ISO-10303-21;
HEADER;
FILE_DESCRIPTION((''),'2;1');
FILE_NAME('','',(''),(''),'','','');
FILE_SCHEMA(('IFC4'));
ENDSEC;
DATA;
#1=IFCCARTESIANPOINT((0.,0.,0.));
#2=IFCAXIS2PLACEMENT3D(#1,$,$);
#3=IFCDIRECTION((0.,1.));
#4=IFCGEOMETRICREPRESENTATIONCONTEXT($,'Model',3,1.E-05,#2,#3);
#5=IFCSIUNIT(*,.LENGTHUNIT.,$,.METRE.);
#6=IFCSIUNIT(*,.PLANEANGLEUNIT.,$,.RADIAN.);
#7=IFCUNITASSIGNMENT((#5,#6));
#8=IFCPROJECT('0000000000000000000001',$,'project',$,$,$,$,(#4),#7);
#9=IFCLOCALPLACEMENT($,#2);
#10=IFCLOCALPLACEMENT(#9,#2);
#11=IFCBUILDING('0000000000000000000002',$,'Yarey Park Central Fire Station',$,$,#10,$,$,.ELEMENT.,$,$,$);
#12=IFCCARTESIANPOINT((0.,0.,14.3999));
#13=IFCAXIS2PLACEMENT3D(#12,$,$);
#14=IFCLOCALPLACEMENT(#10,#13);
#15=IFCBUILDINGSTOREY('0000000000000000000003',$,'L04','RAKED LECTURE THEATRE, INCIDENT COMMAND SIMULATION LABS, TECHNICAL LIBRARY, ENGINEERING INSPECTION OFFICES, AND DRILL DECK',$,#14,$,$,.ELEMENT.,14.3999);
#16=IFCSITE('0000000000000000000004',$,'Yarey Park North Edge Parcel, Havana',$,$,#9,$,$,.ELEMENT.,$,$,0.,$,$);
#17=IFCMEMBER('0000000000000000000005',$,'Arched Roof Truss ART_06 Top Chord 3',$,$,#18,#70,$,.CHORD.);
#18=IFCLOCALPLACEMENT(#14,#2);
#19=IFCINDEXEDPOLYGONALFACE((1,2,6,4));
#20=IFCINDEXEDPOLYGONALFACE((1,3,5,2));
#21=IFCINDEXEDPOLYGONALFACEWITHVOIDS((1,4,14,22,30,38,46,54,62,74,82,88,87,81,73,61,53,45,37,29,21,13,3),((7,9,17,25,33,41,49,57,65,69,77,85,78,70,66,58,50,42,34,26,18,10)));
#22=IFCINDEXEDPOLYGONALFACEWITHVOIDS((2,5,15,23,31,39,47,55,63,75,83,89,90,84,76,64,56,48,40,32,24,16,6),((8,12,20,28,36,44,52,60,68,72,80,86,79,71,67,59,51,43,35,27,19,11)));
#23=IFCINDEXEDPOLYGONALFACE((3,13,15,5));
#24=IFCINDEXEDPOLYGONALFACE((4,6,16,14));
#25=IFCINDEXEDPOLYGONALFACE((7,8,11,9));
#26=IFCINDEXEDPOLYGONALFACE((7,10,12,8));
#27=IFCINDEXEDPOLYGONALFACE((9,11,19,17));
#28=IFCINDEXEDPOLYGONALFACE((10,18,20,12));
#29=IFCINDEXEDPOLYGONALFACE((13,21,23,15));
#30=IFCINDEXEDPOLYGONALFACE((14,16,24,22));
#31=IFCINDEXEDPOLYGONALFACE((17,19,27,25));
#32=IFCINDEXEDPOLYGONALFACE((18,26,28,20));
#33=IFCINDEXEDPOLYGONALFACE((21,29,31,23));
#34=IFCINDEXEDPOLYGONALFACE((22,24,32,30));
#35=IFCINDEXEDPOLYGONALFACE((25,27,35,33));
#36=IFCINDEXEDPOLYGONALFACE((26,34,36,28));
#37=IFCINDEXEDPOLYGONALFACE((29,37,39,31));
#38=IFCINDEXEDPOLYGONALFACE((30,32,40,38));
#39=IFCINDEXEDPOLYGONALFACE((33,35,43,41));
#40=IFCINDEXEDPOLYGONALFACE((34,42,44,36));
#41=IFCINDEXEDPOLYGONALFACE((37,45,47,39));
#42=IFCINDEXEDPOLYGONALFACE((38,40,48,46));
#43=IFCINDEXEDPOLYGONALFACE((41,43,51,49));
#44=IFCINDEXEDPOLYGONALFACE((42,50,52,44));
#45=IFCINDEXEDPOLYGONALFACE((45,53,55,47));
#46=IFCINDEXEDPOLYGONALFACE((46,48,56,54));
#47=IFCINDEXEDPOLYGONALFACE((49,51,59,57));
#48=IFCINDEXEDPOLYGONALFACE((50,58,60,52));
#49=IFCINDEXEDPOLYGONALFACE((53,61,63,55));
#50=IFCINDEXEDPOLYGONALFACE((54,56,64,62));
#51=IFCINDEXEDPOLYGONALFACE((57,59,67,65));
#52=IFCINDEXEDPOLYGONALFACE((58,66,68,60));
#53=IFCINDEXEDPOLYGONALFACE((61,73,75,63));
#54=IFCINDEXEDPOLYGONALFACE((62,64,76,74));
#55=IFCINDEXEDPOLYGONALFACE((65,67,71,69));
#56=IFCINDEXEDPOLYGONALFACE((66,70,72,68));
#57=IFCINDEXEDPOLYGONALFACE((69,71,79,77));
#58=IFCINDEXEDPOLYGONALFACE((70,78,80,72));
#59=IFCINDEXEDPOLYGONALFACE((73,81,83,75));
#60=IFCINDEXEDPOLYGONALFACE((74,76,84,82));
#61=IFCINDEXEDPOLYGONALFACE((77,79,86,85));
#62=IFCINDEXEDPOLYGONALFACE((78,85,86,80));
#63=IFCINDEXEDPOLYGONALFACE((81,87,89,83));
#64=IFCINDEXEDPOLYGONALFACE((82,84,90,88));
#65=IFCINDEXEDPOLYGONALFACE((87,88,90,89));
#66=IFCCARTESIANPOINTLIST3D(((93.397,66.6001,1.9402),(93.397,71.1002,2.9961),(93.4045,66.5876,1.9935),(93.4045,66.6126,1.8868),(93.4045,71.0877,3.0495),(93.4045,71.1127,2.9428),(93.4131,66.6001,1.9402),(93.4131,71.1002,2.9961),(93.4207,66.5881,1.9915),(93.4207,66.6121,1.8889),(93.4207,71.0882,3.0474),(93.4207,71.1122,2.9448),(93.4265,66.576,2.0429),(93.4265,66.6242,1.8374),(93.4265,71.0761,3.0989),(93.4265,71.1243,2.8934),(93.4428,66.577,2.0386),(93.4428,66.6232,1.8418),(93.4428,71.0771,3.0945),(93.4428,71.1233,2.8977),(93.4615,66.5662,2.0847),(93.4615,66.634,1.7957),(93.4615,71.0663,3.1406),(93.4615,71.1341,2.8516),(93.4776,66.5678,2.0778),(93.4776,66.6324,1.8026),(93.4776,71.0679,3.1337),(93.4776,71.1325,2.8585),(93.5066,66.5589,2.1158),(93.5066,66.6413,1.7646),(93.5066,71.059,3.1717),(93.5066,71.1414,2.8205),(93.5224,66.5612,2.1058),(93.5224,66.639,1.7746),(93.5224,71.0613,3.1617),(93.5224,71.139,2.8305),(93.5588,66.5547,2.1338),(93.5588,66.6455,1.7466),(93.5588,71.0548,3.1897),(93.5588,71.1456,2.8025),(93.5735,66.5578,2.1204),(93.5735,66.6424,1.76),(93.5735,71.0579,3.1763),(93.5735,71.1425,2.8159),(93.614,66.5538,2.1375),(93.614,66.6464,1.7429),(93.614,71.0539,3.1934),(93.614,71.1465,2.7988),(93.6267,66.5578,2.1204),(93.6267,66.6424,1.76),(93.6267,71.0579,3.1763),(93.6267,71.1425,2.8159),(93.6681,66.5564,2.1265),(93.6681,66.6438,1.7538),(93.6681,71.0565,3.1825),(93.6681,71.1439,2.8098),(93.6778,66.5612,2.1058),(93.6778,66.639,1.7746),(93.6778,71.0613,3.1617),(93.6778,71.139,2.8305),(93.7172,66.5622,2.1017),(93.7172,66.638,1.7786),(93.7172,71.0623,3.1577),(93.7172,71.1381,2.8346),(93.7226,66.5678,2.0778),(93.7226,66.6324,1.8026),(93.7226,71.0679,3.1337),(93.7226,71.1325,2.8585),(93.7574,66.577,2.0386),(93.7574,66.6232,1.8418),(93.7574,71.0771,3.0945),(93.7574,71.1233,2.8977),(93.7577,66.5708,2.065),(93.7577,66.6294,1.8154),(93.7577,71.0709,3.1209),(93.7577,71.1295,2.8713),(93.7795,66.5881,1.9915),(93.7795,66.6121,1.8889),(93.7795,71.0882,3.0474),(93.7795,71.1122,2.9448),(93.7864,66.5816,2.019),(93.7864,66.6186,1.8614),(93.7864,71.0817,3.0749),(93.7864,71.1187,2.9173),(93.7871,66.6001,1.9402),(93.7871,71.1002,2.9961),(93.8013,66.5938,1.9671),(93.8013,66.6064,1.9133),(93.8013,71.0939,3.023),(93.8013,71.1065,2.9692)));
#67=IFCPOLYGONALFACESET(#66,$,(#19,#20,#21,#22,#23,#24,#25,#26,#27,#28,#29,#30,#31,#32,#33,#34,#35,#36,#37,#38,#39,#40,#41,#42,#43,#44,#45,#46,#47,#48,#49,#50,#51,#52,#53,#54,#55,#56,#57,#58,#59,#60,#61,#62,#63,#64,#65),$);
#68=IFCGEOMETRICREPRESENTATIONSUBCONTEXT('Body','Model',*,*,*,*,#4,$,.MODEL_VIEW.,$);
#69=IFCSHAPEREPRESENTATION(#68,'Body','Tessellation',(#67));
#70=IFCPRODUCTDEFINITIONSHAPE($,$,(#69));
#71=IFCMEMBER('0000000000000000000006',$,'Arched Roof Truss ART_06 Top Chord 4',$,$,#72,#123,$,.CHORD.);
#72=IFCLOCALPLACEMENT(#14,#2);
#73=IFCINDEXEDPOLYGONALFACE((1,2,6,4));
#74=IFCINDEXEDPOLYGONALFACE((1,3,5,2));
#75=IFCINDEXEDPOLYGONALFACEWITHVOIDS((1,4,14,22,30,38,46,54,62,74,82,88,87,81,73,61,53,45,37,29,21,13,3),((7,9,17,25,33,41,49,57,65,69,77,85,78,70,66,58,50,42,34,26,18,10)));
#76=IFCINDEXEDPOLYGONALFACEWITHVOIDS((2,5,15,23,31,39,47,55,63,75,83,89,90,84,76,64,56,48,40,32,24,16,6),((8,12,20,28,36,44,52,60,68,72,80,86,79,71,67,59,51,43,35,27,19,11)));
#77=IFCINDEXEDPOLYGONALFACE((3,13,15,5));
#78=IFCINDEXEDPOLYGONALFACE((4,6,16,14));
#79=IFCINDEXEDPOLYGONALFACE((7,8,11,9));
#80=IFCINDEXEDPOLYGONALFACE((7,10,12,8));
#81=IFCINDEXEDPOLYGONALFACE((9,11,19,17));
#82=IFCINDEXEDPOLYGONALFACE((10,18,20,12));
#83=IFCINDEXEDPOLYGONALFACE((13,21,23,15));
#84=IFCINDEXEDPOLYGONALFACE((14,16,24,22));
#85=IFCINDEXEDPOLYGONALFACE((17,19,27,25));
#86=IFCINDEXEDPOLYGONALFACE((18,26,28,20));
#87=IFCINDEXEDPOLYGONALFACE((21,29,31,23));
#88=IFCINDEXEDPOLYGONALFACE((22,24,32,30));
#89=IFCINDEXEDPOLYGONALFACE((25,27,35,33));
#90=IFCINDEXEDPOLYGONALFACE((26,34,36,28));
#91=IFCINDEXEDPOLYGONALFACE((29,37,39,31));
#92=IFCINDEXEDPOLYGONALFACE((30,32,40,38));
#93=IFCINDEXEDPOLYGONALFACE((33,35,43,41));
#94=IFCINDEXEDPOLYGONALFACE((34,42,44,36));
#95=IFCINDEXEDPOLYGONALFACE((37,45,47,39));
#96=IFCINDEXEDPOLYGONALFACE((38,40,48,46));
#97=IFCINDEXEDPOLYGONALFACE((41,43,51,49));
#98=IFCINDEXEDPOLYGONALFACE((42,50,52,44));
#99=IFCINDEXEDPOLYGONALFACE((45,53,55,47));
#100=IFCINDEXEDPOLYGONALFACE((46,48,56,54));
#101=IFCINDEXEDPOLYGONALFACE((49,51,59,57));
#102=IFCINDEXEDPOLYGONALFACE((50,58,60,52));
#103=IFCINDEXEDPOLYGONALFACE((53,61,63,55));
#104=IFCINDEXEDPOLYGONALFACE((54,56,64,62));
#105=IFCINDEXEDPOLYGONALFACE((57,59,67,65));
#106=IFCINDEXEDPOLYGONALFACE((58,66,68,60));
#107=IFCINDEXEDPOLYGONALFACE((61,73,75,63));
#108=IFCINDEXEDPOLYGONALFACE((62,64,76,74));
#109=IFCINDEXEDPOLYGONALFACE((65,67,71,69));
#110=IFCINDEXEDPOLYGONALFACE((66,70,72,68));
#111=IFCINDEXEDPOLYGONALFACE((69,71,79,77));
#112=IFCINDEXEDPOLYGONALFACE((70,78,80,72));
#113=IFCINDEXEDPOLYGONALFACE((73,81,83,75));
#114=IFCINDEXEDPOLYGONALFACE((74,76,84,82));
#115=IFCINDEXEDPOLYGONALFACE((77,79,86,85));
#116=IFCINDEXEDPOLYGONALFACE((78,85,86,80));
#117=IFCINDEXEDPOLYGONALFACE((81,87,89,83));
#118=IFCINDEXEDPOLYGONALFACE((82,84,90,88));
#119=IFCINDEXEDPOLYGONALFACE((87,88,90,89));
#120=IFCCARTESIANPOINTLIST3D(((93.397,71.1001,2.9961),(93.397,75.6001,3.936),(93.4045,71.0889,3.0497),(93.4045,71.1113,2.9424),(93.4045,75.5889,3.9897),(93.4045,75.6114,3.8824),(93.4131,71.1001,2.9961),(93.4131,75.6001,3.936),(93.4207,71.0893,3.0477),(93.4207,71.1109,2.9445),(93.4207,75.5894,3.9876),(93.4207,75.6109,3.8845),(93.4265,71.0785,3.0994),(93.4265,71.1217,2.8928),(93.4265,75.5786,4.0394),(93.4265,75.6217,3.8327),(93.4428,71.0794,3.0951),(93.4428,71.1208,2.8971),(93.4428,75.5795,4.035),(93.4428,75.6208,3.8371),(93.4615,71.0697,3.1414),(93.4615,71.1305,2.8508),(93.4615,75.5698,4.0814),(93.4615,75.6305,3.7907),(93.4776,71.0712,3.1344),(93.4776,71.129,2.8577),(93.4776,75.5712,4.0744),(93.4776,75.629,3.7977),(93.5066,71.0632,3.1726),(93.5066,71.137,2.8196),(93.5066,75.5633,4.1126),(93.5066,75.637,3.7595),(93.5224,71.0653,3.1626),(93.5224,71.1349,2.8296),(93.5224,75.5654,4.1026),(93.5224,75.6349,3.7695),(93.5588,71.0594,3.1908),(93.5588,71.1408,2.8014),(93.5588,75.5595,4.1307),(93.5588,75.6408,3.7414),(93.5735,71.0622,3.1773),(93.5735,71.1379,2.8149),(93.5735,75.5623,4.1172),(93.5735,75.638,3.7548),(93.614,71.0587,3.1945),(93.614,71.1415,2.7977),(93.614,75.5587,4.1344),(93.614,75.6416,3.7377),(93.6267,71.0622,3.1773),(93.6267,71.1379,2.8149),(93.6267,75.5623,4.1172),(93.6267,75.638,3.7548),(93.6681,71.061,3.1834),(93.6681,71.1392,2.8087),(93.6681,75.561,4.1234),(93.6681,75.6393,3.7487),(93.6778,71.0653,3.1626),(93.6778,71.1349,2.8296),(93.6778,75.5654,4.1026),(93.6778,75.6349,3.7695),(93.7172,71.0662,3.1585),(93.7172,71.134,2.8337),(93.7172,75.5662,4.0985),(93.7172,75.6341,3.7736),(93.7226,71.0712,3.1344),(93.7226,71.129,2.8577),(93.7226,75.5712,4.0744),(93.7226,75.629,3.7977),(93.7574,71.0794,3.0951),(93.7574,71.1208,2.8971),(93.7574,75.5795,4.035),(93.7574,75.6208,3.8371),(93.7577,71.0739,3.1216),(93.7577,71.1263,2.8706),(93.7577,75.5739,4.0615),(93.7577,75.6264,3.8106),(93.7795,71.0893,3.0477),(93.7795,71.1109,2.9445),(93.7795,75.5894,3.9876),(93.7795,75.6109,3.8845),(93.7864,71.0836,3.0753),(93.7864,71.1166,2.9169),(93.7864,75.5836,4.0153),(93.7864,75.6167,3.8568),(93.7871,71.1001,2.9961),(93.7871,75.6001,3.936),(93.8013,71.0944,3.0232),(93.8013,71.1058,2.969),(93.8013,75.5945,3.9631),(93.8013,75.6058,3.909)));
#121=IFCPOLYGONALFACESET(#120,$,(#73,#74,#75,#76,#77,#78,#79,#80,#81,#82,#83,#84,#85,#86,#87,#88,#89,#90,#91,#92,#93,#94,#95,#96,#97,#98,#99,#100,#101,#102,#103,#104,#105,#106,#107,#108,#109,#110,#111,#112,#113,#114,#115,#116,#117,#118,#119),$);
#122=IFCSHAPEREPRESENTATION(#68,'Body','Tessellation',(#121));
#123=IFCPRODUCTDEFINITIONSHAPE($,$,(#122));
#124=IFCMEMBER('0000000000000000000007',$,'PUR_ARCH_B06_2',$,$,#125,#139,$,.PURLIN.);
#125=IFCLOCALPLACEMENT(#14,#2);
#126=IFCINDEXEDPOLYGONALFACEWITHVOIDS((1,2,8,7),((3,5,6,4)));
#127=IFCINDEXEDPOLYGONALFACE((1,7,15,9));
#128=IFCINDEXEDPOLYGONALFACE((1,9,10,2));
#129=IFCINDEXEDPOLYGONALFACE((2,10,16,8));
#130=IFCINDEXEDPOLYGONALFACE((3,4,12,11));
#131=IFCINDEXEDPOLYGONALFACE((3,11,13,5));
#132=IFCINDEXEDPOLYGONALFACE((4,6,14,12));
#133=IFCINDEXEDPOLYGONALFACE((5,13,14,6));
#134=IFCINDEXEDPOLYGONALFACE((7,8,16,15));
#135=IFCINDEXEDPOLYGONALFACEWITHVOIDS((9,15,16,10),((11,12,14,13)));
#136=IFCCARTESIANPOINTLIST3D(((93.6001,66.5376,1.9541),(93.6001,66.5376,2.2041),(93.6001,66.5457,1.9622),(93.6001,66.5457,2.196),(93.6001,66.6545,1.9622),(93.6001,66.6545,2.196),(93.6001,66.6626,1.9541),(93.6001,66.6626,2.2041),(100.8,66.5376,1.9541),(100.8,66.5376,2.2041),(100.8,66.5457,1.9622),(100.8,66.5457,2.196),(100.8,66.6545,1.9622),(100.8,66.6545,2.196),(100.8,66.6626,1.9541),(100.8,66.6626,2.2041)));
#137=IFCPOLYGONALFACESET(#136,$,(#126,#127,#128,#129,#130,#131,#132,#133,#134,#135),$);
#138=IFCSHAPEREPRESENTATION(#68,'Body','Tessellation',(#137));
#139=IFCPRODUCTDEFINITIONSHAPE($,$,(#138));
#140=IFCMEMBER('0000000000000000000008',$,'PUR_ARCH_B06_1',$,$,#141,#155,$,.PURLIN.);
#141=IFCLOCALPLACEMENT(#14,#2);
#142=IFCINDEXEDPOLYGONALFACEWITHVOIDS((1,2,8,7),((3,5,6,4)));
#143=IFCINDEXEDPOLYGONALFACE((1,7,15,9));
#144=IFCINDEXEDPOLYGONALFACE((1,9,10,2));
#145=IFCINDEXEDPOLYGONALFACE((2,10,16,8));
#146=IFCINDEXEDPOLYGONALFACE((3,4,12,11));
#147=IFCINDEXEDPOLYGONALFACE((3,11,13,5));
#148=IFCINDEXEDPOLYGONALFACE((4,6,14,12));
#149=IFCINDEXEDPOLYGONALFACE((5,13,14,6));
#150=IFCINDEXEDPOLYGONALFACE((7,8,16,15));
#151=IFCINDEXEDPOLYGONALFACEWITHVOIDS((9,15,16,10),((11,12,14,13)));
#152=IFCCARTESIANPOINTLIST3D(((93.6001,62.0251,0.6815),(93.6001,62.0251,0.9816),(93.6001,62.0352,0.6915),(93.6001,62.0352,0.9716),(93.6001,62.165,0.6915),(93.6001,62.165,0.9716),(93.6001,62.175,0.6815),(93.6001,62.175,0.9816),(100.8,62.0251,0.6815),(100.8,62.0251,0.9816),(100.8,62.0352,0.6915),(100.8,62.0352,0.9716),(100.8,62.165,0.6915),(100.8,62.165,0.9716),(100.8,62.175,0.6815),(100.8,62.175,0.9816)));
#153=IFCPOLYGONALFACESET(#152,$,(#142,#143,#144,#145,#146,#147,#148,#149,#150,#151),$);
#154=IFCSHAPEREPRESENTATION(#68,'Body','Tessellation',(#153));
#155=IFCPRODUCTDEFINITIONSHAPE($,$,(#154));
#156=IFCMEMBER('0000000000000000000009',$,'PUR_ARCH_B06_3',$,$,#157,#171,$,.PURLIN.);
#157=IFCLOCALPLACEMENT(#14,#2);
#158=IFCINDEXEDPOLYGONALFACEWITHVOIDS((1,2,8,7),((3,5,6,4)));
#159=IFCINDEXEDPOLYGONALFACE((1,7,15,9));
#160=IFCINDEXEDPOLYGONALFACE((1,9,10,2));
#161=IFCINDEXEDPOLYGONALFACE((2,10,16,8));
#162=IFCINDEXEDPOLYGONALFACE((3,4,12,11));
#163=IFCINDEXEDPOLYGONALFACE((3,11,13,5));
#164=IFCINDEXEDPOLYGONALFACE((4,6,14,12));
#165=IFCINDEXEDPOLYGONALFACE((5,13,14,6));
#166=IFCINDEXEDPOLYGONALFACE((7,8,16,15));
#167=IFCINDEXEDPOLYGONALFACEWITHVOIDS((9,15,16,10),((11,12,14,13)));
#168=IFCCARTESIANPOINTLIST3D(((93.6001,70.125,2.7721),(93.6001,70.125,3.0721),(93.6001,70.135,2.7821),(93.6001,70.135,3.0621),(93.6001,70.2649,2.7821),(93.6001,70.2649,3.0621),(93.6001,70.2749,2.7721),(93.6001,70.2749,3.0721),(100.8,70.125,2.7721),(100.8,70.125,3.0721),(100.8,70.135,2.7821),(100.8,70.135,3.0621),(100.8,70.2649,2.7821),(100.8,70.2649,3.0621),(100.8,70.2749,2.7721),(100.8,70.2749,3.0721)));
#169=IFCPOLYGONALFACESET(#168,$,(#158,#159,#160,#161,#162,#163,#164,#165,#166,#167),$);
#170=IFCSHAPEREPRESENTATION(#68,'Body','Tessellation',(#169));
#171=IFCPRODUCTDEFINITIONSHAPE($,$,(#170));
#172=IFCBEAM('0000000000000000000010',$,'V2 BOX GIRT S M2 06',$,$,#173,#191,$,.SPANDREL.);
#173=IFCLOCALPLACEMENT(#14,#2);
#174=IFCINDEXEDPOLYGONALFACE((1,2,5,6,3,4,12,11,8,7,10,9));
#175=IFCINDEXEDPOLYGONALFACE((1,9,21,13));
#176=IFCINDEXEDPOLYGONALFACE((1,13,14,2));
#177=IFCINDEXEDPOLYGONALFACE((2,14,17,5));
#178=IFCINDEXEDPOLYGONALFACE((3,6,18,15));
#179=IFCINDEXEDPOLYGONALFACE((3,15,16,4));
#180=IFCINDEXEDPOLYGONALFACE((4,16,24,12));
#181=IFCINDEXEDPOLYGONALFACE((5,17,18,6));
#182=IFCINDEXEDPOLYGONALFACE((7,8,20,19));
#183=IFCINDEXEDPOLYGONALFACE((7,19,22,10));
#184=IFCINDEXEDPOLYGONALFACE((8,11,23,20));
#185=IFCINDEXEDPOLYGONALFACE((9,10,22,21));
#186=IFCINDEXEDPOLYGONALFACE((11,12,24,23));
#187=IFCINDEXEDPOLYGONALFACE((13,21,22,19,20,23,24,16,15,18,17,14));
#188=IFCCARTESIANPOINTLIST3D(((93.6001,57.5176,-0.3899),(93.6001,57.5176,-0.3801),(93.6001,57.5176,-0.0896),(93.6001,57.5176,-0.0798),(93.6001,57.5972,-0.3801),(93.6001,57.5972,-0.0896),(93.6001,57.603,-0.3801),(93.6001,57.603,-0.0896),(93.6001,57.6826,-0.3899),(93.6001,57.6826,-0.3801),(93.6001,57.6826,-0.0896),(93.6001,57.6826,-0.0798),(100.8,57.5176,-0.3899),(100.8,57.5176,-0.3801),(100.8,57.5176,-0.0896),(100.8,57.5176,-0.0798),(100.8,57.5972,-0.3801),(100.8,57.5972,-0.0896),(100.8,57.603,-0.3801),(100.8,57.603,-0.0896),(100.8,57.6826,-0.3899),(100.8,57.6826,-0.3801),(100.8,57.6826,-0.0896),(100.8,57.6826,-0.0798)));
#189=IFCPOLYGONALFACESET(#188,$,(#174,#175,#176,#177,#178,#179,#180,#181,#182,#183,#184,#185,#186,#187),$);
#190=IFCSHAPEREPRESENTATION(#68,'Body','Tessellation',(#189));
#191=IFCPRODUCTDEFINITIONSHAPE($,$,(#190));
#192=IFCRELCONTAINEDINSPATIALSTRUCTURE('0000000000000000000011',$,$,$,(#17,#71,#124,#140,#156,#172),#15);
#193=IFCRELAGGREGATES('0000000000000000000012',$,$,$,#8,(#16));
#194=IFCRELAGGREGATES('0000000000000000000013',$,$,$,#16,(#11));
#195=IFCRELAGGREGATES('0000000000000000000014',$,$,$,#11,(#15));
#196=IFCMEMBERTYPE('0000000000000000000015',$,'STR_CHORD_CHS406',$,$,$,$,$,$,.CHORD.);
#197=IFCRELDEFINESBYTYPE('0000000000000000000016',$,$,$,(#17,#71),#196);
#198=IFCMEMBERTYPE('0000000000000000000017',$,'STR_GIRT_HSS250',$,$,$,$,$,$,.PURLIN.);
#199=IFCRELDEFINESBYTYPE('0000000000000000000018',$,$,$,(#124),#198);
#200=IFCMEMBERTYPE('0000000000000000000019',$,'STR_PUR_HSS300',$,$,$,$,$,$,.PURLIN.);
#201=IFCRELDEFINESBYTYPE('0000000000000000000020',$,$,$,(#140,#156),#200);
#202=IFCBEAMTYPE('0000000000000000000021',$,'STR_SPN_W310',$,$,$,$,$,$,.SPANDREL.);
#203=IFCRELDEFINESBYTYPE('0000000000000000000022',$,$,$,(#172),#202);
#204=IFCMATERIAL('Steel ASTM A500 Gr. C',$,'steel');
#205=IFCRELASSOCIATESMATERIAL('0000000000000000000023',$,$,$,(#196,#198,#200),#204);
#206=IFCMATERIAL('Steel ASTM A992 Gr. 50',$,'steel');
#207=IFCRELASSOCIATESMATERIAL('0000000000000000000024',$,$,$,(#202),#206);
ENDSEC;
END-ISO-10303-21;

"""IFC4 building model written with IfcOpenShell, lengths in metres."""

from ifc_helpers import new_model, si_unit, direction, frame, origin, origin_2d, place, context, subcontext, project, spatial, hollow_rectangle, hollow_circle, i_section, extrude, material, material_profile, profile_set, type_object, element, save


model = new_model("IFC4")

# Units and contexts
model_context = context("Model", 3, precision=1e-05, world=origin(), true_north=direction((0.0, 1.0)))
body_context = subcontext(model_context, "Body", "Model", "MODEL_VIEW")
ifc_project = project(units=[si_unit("LENGTHUNIT", "METRE"), si_unit("PLANEANGLEUNIT", "RADIAN")], contexts=[model_context])

# Site, building, storey
site_placement = place(None, origin())
site = spatial("IfcSite", under=ifc_project, at=site_placement, Name="Yarey Park North Edge Parcel, Havana", CompositionType="ELEMENT", RefElevation=0.0)
building_placement = place(site_placement, origin())
building = spatial("IfcBuilding", under=site, at=building_placement, Name="Yarey Park Central Fire Station", CompositionType="ELEMENT")
storey_placement = place(building_placement, frame((0.0, 0.0, 14.3999)))
storey = spatial("IfcBuildingStorey", under=building, at=storey_placement, Name="L04", Description="RAKED LECTURE THEATRE, INCIDENT COMMAND SIMULATION LABS, TECHNICAL LIBRARY, ENGINEERING INSPECTION OFFICES, AND DRILL DECK", CompositionType="ELEMENT", Elevation=14.3999)

# Shared definitions
ifc_material_1 = material(Name="Steel ASTM A992 Gr. 50", Category="steel")

# Members
ifc_material_2 = material(Name="Steel ASTM A500 Gr. C", Category="steel")
ifc_material_profile_1 = material_profile(ifc_material_2, hollow_circle(Radius=0.2031, WallThickness=0.0161, at=origin_2d()), Name="CHS 406.4x16")
ifc_profile_set_1 = profile_set([ifc_material_profile_1], Name="Steel ASTM A500 Gr. C")
member_type_1 = type_object("IfcMemberType", Name="STR_CHORD_CHS406", PredefinedType="CHORD", material=ifc_profile_set_1)
member_1_placement = place(storey_placement, frame((93.6001, 66.6001, 1.9402), z_axis=(0.0, 0.973558, 0.228442), x_axis=(-1.0, 0.0, 0.0)))
element("IfcMember", 1, at=member_1_placement, inside=storey, type_object=member_type_1, Name="Arched Roof Truss ART_06 Top Chord 3", PredefinedType="CHORD", context=body_context, shape_type="SweptSolid", body=[
    extrude(hollow_circle(Radius=0.2031, WallThickness=0.0161, at=origin_2d()), origin(), (0.0, 0.0, 1.0), 4.6223),
])
member_2_placement = place(storey_placement, frame((93.6001, 71.1001, 2.9961), z_axis=(0.0, 0.978874, 0.204463), x_axis=(-1.0, 0.0, 0.0)))
element("IfcMember", 2, at=member_2_placement, inside=storey, type_object=member_type_1, Name="Arched Roof Truss ART_06 Top Chord 4", PredefinedType="CHORD", context=body_context, shape_type="SweptSolid", body=[
    extrude(hollow_circle(Radius=0.2031, WallThickness=0.0161, at=origin_2d()), origin(), (0.0, 0.0, 1.0), 4.5972),
])
ifc_material_profile_2 = material_profile(ifc_material_2, hollow_rectangle(XDim=0.125, YDim=0.25, WallThickness=0.0081, at=origin_2d()), Name="HSS 250x125x8")
ifc_profile_set_2 = profile_set([ifc_material_profile_2], Name="Steel ASTM A500 Gr. C")
member_type_2 = type_object("IfcMemberType", Name="STR_GIRT_HSS250", PredefinedType="PURLIN", material=ifc_profile_set_2)
member_3_placement = place(storey_placement, frame((93.6001, 66.6001, 2.0791), z_axis=(1.0, 0.0, 0.0), x_axis=(0.0, 1.0, 0.0)))
element("IfcMember", 3, at=member_3_placement, inside=storey, type_object=member_type_2, Name="PUR_ARCH_B06_2", PredefinedType="PURLIN", context=body_context, shape_type="SweptSolid", body=[
    extrude(hollow_rectangle(XDim=0.125, YDim=0.25, WallThickness=0.0081, at=origin_2d()), origin(), (0.0, 0.0, 1.0), 7.2),
])
ifc_material_profile_3 = material_profile(ifc_material_2, hollow_rectangle(XDim=0.1499, YDim=0.3, WallThickness=0.01, at=origin_2d()), Name="HSS 300x150x10")
ifc_profile_set_3 = profile_set([ifc_material_profile_3], Name="Steel ASTM A500 Gr. C")
member_type_3 = type_object("IfcMemberType", Name="STR_PUR_HSS300", PredefinedType="PURLIN", material=ifc_profile_set_3)
for number, where, z_axis, x_axis, name in (
    (4, (93.6001, 62.1001, 0.8315), (1.0, 0.0, 0.0), (0.0, 1.0, 0.0), "PUR_ARCH_B06_1"),
    (5, (93.6001, 70.2, 2.9221), (1.0, 0.0, 0.0), (0.0, 1.0, 0.0), "PUR_ARCH_B06_3"),
):
    element("IfcMember", number, at=place(storey_placement, frame(where, z_axis=z_axis, x_axis=x_axis)), inside=storey, type_object=member_type_3, Name=name, PredefinedType="PURLIN", context=body_context, shape_type="SweptSolid", body=[
        extrude(hollow_rectangle(XDim=0.1499, YDim=0.3, WallThickness=0.01, at=origin_2d()), origin(), (0.0, 0.0, 1.0), 7.2),
    ])

# Beam
ifc_material_profile_4 = material_profile(ifc_material_1, i_section(OverallWidth=0.165, OverallDepth=0.3101, WebThickness=0.0059, FlangeThickness=0.0098, at=origin_2d()), Name="W310x39")
ifc_profile_set_4 = profile_set([ifc_material_profile_4], Name="Steel ASTM A992 Gr. 50")
beam_type = type_object("IfcBeamType", Name="STR_SPN_W310", PredefinedType="SPANDREL", material=ifc_profile_set_4)
beam_placement = place(storey_placement, frame((93.6001, 57.6001, -0.2349), z_axis=(1.0, 0.0, 0.0), x_axis=(0.0, 1.0, 0.0)))
element("IfcBeam", 6, at=beam_placement, inside=storey, type_object=beam_type, Name="V2 BOX GIRT S M2 06", PredefinedType="SPANDREL", context=body_context, shape_type="SweptSolid", body=[
    extrude(i_section(OverallWidth=0.165, OverallDepth=0.3101, WebThickness=0.0059, FlangeThickness=0.0098, at=origin_2d()), origin(), (0.0, 0.0, 1.0), 7.2),
])

save(model, "model.ifc")
